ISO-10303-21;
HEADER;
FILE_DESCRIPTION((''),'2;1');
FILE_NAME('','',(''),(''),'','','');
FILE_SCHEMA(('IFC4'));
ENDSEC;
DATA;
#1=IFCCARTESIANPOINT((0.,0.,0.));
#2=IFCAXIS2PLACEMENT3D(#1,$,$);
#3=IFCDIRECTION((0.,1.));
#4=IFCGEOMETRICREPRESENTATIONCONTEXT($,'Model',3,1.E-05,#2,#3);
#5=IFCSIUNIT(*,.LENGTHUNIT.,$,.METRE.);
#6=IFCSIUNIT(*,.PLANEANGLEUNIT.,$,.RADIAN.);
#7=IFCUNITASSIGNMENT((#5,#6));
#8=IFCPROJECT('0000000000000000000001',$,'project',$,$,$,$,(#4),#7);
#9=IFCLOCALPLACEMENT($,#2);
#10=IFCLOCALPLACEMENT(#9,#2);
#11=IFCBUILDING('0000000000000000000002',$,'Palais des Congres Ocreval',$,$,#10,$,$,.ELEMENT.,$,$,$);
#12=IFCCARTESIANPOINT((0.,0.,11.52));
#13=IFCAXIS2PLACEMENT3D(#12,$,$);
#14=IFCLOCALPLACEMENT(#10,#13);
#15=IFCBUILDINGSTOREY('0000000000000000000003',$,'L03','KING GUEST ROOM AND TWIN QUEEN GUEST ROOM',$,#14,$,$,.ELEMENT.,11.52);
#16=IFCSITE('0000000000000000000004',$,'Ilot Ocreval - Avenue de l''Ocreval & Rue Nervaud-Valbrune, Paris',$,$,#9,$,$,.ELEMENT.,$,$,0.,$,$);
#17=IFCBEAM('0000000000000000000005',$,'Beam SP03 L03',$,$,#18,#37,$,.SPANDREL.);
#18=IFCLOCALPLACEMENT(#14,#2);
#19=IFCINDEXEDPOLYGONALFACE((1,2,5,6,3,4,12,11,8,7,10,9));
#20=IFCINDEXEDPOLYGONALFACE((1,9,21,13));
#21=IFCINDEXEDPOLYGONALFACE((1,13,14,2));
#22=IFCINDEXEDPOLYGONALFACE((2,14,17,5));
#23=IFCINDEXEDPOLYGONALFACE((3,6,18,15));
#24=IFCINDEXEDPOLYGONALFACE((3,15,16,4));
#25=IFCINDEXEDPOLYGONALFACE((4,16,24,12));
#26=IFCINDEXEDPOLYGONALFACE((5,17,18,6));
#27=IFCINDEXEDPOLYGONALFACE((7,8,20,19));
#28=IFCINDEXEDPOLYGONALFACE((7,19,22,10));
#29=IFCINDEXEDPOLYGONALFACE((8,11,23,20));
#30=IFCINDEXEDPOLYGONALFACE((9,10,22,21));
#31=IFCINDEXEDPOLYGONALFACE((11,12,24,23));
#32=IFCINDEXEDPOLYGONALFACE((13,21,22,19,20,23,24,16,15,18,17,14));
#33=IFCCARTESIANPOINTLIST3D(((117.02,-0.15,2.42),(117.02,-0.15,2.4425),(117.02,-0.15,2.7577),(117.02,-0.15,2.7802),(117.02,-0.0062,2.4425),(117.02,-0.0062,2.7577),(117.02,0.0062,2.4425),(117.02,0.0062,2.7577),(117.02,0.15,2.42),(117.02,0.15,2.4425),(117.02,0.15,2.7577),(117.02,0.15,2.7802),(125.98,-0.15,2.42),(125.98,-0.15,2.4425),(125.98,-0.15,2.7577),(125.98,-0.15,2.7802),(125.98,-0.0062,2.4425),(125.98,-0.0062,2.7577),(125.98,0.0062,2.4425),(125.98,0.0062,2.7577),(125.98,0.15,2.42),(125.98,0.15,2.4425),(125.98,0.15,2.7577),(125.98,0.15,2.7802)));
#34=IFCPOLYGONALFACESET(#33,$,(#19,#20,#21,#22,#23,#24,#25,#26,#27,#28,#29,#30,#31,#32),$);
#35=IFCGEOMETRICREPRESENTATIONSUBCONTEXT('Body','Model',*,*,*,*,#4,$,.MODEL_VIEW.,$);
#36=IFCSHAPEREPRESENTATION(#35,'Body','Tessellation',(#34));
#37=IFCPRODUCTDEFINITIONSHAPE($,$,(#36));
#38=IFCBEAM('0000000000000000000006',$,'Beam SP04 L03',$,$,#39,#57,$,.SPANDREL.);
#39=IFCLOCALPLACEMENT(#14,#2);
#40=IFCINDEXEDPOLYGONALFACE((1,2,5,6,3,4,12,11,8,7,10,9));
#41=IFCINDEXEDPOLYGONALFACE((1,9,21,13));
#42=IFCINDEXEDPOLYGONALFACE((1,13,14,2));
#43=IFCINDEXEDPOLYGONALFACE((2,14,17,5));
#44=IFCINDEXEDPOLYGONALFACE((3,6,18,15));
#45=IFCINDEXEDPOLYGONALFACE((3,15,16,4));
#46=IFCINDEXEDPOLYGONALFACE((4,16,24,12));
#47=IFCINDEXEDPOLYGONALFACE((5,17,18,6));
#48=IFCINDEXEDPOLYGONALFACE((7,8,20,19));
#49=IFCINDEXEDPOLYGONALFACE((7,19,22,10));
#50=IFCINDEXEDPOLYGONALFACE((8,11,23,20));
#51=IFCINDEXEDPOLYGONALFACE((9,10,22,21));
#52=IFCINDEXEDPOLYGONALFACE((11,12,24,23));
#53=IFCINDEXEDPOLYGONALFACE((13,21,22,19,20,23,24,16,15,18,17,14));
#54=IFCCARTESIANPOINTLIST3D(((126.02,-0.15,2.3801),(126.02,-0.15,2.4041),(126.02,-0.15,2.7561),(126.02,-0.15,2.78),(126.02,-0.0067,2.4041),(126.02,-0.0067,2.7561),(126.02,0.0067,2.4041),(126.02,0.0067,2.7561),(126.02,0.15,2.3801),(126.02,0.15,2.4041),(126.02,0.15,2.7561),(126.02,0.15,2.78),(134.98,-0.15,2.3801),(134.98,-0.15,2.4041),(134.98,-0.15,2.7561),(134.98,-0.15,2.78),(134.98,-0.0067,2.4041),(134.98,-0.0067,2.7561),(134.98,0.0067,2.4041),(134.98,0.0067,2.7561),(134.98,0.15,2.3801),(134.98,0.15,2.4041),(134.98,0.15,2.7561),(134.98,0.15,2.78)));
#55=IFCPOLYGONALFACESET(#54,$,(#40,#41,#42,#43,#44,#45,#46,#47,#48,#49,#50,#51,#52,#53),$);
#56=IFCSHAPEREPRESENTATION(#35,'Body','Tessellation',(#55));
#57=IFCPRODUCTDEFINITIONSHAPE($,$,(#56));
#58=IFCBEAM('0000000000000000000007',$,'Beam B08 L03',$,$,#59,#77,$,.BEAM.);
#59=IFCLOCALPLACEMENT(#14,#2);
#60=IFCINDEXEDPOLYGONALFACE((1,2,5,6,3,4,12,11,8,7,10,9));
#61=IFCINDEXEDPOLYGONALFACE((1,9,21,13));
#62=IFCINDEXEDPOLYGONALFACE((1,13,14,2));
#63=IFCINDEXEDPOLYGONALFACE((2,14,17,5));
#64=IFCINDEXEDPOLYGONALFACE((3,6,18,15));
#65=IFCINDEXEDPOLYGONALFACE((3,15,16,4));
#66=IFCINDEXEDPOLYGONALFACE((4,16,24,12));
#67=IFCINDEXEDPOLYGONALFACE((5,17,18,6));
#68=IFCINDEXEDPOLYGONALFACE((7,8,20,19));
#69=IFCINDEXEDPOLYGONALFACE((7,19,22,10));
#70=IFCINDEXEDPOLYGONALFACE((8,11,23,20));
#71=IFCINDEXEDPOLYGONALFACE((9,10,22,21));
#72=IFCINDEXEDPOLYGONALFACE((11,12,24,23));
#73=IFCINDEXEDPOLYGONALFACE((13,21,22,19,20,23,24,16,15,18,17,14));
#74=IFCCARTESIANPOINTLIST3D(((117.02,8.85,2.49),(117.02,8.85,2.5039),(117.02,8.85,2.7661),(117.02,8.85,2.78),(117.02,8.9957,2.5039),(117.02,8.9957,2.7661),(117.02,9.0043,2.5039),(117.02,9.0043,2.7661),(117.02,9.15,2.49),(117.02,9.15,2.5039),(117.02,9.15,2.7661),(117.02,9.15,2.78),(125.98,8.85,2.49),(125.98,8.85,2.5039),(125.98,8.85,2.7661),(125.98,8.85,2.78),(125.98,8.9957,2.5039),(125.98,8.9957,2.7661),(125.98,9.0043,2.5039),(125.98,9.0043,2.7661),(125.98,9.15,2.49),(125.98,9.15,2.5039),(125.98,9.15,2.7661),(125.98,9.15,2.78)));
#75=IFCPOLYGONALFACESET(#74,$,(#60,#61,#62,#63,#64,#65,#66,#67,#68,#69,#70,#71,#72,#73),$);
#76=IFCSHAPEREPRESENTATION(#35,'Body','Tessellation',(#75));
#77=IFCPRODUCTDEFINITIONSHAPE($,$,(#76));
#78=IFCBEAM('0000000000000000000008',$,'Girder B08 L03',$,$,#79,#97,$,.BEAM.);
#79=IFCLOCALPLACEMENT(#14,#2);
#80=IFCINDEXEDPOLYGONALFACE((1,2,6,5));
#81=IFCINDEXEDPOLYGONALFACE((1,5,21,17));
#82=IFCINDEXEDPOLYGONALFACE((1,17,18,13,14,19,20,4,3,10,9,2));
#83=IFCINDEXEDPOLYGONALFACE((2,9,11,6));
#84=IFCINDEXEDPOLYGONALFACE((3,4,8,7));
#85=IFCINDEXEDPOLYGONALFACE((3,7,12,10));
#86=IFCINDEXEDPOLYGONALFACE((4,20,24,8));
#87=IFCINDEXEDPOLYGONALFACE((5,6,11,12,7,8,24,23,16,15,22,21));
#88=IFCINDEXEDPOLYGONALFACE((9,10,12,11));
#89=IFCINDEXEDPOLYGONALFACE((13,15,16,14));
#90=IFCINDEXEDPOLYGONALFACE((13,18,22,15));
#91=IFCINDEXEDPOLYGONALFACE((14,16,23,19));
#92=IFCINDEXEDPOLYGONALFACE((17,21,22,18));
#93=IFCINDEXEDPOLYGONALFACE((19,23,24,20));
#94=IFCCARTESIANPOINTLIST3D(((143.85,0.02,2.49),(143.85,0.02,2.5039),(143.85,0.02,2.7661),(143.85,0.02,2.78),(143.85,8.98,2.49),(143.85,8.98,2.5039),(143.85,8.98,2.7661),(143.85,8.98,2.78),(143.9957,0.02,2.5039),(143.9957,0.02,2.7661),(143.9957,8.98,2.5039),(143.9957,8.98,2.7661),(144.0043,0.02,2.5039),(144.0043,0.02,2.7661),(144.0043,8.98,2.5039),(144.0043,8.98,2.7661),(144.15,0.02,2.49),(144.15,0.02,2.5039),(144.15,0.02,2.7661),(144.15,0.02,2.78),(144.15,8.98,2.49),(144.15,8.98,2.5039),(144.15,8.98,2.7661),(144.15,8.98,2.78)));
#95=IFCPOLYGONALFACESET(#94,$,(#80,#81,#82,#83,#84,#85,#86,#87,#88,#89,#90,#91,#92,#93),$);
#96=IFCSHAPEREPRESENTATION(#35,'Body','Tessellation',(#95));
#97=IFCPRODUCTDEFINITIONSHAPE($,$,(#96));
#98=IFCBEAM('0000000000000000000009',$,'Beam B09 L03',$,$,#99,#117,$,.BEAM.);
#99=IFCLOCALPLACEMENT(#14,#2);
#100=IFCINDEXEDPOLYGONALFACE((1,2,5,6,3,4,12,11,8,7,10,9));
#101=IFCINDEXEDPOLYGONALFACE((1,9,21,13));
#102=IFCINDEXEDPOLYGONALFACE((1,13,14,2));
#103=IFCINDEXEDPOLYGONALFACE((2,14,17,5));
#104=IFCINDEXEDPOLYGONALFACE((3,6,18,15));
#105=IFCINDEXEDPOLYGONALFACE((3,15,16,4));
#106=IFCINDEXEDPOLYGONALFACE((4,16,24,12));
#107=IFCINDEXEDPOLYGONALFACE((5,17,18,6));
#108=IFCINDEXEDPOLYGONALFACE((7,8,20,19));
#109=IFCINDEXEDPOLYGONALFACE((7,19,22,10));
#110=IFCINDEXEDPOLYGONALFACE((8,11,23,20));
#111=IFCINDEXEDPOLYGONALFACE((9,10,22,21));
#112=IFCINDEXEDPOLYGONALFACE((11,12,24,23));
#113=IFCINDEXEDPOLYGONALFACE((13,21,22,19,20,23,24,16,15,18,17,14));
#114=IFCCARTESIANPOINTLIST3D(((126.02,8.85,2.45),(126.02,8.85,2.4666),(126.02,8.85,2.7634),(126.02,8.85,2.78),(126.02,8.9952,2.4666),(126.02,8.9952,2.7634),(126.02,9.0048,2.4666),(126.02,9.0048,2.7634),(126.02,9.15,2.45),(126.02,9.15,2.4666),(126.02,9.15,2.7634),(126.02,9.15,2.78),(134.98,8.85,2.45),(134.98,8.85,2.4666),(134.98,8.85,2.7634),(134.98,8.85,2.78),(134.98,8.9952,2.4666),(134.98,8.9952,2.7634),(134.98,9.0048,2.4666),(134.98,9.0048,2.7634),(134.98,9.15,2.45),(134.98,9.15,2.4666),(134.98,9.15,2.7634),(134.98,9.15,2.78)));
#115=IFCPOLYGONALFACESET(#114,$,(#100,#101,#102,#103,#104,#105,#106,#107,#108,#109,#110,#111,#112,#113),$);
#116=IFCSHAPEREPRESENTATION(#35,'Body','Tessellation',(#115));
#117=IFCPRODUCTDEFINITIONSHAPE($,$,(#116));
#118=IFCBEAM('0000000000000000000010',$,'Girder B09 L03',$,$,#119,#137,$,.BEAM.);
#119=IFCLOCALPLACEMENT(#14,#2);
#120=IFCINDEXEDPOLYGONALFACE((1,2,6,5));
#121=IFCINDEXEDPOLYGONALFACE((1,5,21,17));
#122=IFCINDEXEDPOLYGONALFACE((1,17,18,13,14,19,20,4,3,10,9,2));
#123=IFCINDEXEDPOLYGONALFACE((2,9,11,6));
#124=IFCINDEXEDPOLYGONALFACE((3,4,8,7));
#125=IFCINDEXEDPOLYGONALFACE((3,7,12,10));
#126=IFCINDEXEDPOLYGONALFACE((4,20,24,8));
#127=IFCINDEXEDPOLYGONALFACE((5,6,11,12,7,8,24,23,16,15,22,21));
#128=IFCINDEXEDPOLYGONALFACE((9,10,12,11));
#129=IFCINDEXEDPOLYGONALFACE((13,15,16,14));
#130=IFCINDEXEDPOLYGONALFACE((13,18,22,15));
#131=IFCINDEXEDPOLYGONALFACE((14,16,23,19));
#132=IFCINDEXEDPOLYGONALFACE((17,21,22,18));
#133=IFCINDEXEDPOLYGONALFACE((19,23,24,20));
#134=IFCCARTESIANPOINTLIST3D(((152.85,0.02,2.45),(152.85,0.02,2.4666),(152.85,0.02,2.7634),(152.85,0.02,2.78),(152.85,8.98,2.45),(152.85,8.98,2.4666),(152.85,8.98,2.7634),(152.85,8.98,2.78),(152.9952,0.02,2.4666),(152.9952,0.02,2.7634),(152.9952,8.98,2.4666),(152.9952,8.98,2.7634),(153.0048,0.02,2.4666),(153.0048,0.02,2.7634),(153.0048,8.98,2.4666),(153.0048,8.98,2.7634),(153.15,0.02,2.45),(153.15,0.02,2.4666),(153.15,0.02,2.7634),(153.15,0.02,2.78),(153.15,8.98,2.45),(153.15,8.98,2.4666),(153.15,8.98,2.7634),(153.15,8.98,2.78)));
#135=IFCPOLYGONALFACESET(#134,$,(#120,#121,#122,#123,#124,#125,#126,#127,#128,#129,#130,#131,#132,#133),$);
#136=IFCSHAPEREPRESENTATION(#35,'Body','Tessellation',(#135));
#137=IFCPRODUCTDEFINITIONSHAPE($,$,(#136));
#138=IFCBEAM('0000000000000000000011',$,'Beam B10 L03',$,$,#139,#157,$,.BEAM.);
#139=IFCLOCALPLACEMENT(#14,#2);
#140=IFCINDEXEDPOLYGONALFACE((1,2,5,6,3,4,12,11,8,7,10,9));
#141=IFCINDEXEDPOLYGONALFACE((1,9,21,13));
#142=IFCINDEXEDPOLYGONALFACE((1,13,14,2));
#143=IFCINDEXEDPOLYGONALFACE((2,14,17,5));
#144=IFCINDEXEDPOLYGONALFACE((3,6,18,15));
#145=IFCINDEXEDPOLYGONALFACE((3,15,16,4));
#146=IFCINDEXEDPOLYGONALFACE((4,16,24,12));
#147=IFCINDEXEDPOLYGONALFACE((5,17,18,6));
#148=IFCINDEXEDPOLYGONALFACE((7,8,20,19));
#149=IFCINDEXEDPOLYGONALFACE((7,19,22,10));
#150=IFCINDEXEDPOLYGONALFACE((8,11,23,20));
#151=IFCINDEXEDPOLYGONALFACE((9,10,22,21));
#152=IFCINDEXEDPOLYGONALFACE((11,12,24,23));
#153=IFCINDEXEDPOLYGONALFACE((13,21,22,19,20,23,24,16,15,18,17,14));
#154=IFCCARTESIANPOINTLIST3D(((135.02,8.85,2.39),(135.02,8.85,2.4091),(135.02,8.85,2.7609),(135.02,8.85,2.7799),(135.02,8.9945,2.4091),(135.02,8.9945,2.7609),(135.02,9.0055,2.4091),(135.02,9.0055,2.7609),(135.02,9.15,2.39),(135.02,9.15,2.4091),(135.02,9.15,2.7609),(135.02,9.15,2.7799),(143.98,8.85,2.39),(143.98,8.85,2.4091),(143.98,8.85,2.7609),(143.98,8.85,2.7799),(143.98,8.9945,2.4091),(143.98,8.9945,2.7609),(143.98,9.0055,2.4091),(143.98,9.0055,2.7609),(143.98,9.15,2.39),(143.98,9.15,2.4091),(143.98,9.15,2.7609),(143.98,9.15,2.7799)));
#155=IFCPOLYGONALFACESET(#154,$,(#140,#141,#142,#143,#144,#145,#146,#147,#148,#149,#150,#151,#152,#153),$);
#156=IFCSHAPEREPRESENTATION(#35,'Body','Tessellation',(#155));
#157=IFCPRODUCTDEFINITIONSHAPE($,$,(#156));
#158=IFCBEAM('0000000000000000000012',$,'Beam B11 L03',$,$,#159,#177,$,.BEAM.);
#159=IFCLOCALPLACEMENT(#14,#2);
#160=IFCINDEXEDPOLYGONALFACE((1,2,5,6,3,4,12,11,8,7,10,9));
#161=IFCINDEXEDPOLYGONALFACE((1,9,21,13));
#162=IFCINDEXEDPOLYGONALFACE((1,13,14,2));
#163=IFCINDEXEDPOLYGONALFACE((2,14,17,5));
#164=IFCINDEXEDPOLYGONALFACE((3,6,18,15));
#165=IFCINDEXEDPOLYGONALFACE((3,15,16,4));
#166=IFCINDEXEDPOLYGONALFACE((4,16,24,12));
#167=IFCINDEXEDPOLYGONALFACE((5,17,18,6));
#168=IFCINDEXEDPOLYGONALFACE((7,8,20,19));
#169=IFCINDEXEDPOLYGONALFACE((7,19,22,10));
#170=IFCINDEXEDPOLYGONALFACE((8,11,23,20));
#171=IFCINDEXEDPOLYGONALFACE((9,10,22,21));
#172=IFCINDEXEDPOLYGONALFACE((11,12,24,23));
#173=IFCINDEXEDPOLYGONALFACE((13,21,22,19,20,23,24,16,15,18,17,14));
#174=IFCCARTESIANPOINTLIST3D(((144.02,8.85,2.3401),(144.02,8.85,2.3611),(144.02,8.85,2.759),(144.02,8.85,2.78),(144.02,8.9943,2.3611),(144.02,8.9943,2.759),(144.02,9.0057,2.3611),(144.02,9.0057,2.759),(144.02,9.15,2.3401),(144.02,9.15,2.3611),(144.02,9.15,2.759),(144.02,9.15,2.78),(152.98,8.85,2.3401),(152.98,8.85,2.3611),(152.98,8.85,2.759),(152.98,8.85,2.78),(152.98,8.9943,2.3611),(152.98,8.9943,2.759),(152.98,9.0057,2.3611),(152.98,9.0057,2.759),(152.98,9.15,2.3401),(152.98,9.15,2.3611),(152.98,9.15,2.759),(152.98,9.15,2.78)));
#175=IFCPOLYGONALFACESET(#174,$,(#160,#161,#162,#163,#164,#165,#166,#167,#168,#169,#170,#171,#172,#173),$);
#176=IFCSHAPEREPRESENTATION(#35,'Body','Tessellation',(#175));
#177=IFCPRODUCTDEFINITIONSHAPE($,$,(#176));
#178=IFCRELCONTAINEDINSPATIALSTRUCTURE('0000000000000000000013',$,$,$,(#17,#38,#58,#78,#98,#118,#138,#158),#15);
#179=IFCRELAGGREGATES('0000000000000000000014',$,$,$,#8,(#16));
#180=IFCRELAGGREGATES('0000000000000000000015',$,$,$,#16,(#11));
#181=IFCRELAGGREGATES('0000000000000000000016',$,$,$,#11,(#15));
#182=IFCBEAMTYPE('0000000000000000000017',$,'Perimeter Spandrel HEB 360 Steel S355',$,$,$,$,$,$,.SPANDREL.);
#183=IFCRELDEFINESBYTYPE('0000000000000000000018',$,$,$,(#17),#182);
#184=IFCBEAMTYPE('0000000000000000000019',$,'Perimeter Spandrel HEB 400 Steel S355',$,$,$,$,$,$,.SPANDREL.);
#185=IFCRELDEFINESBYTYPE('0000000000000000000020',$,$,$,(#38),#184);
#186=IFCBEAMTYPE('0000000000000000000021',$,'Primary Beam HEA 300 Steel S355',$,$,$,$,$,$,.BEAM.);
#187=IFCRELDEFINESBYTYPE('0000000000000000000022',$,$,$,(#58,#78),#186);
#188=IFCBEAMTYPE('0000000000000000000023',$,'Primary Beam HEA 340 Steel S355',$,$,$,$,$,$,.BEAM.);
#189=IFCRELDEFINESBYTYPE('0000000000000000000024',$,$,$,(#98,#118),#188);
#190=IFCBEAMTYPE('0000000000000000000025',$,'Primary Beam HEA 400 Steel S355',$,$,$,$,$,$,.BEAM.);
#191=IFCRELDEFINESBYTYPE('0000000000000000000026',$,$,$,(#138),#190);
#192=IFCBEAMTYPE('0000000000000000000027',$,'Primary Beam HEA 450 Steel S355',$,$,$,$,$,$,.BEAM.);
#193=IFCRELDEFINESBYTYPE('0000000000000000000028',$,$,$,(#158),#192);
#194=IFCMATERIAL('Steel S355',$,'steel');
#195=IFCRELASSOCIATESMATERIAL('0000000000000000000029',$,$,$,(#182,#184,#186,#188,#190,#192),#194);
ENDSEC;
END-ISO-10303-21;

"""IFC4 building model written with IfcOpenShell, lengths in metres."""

from ifc_helpers import new_model, si_unit, direction, frame, origin, origin_2d, place, context, subcontext, project, spatial, i_section, extrude, material, material_profile, profile_set, type_object, element, save


model = new_model("IFC4")

# Units and contexts
model_context = context("Model", 3, precision=1e-05, world=origin(), true_north=direction((0.0, 1.0)))
body_context = subcontext(model_context, "Body", "Model", "MODEL_VIEW")
ifc_project = project(units=[si_unit("LENGTHUNIT", "METRE"), si_unit("PLANEANGLEUNIT", "RADIAN")], contexts=[model_context])

# Site, building, storey
site_placement = place(None, origin())
site = spatial("IfcSite", under=ifc_project, at=site_placement, Name="Ilot Ocreval - Avenue de l'Ocreval & Rue Nervaud-Valbrune, Paris", CompositionType="ELEMENT", RefElevation=0.0)
building_placement = place(site_placement, origin())
building = spatial("IfcBuilding", under=site, at=building_placement, Name="Palais des Congres Ocreval", CompositionType="ELEMENT")
storey_placement = place(building_placement, frame((0.0, 0.0, 11.52)))
storey = spatial("IfcBuildingStorey", under=building, at=storey_placement, Name="L03", Description="KING GUEST ROOM AND TWIN QUEEN GUEST ROOM", CompositionType="ELEMENT", Elevation=11.52)

# Shared definitions
ifc_material_1 = material(Name="Steel S355", Category="steel")

# Beams
ifc_material_profile_1 = material_profile(ifc_material_1, i_section(OverallWidth=0.3, OverallDepth=0.3601, WebThickness=0.0125, FlangeThickness=0.0225, at=origin_2d()), Name="HEB 360")
ifc_profile_set_1 = profile_set([ifc_material_profile_1], Name="Steel S355")
beam_type_1 = type_object("IfcBeamType", Name="Perimeter Spandrel HEB 360 Steel S355", PredefinedType="SPANDREL", material=ifc_profile_set_1)
beam_1_placement = place(storey_placement, frame((117.02, 0.0, 2.6001), z_axis=(1.0, 0.0, 0.0), x_axis=(0.0, 1.0, 0.0)))
element("IfcBeam", 1, at=beam_1_placement, inside=storey, type_object=beam_type_1, Name="Beam SP03 L03", PredefinedType="SPANDREL", context=body_context, shape_type="SweptSolid", body=[
    extrude(i_section(OverallWidth=0.3, OverallDepth=0.3601, WebThickness=0.0125, FlangeThickness=0.0225, at=origin_2d()), origin(), (0.0, 0.0, 1.0), 8.96),
])
ifc_material_profile_2 = material_profile(ifc_material_1, i_section(OverallWidth=0.3, OverallDepth=0.3999, WebThickness=0.0134, FlangeThickness=0.0239, at=origin_2d()), Name="HEB 400")
ifc_profile_set_2 = profile_set([ifc_material_profile_2], Name="Steel S355")
beam_type_2 = type_object("IfcBeamType", Name="Perimeter Spandrel HEB 400 Steel S355", PredefinedType="SPANDREL", material=ifc_profile_set_2)
beam_2_placement = place(storey_placement, frame((126.02, 0.0, 2.5801), z_axis=(1.0, 0.0, 0.0), x_axis=(0.0, 1.0, 0.0)))
element("IfcBeam", 2, at=beam_2_placement, inside=storey, type_object=beam_type_2, Name="Beam SP04 L03", PredefinedType="SPANDREL", context=body_context, shape_type="SweptSolid", body=[
    extrude(i_section(OverallWidth=0.3, OverallDepth=0.3999, WebThickness=0.0134, FlangeThickness=0.0239, at=origin_2d()), origin(), (0.0, 0.0, 1.0), 8.96),
])
ifc_material_profile_3 = material_profile(ifc_material_1, i_section(OverallWidth=0.3, OverallDepth=0.29, WebThickness=0.0085, FlangeThickness=0.0139, at=origin_2d()), Name="HEA 300")
ifc_profile_set_3 = profile_set([ifc_material_profile_3], Name="Steel S355")
beam_type_3 = type_object("IfcBeamType", Name="Primary Beam HEA 300 Steel S355", PredefinedType="BEAM", material=ifc_profile_set_3)
for number, where, z_axis, x_axis, name in (
    (3, (117.02, 9.0, 2.635), (1.0, 0.0, 0.0), (0.0, 1.0, 0.0), "Beam B08 L03"),
    (4, (144.0, 0.02, 2.635), (0.0, 1.0, 0.0), (-1.0, 0.0, 0.0), "Girder B08 L03"),
):
    element("IfcBeam", number, at=place(storey_placement, frame(where, z_axis=z_axis, x_axis=x_axis)), inside=storey, type_object=beam_type_3, Name=name, PredefinedType="BEAM", context=body_context, shape_type="SweptSolid", body=[
        extrude(i_section(OverallWidth=0.3, OverallDepth=0.29, WebThickness=0.0085, FlangeThickness=0.0139, at=origin_2d()), origin(), (0.0, 0.0, 1.0), 8.96),
    ])
ifc_material_profile_4 = material_profile(ifc_material_1, i_section(OverallWidth=0.3, OverallDepth=0.3301, WebThickness=0.0095, FlangeThickness=0.0166, at=origin_2d()), Name="HEA 340")
ifc_profile_set_4 = profile_set([ifc_material_profile_4], Name="Steel S355")
beam_type_4 = type_object("IfcBeamType", Name="Primary Beam HEA 340 Steel S355", PredefinedType="BEAM", material=ifc_profile_set_4)
for number, where, z_axis, x_axis, name in (
    (5, (126.02, 9.0, 2.615), (1.0, 0.0, 0.0), (0.0, 1.0, 0.0), "Beam B09 L03"),
    (6, (153.0, 0.02, 2.615), (0.0, 1.0, 0.0), (-1.0, 0.0, 0.0), "Girder B09 L03"),
):
    element("IfcBeam", number, at=place(storey_placement, frame(where, z_axis=z_axis, x_axis=x_axis)), inside=storey, type_object=beam_type_4, Name=name, PredefinedType="BEAM", context=body_context, shape_type="SweptSolid", body=[
        extrude(i_section(OverallWidth=0.3, OverallDepth=0.3301, WebThickness=0.0095, FlangeThickness=0.0166, at=origin_2d()), origin(), (0.0, 0.0, 1.0), 8.96),
    ])
ifc_material_profile_5 = material_profile(ifc_material_1, i_section(OverallWidth=0.3, OverallDepth=0.3899, WebThickness=0.011, FlangeThickness=0.019, at=origin_2d()), Name="HEA 400")
ifc_profile_set_5 = profile_set([ifc_material_profile_5], Name="Steel S355")
beam_type_5 = type_object("IfcBeamType", Name="Primary Beam HEA 400 Steel S355", PredefinedType="BEAM", material=ifc_profile_set_5)
beam_3_placement = place(storey_placement, frame((135.02, 9.0, 2.585), z_axis=(1.0, 0.0, 0.0), x_axis=(0.0, 1.0, 0.0)))
element("IfcBeam", 7, at=beam_3_placement, inside=storey, type_object=beam_type_5, Name="Beam B10 L03", PredefinedType="BEAM", context=body_context, shape_type="SweptSolid", body=[
    extrude(i_section(OverallWidth=0.3, OverallDepth=0.3899, WebThickness=0.011, FlangeThickness=0.019, at=origin_2d()), origin(), (0.0, 0.0, 1.0), 8.96),
])
ifc_material_profile_6 = material_profile(ifc_material_1, i_section(OverallWidth=0.3, OverallDepth=0.4399, WebThickness=0.0115, FlangeThickness=0.021, at=origin_2d()), Name="HEA 450")
ifc_profile_set_6 = profile_set([ifc_material_profile_6], Name="Steel S355")
beam_type_6 = type_object("IfcBeamType", Name="Primary Beam HEA 450 Steel S355", PredefinedType="BEAM", material=ifc_profile_set_6)
beam_4_placement = place(storey_placement, frame((144.02, 9.0, 2.5601), z_axis=(1.0, 0.0, 0.0), x_axis=(0.0, 1.0, 0.0)))
element("IfcBeam", 8, at=beam_4_placement, inside=storey, type_object=beam_type_6, Name="Beam B11 L03", PredefinedType="BEAM", context=body_context, shape_type="SweptSolid", body=[
    extrude(i_section(OverallWidth=0.3, OverallDepth=0.4399, WebThickness=0.0115, FlangeThickness=0.021, at=origin_2d()), origin(), (0.0, 0.0, 1.0), 8.96),
])

save(model, "model.ifc")
